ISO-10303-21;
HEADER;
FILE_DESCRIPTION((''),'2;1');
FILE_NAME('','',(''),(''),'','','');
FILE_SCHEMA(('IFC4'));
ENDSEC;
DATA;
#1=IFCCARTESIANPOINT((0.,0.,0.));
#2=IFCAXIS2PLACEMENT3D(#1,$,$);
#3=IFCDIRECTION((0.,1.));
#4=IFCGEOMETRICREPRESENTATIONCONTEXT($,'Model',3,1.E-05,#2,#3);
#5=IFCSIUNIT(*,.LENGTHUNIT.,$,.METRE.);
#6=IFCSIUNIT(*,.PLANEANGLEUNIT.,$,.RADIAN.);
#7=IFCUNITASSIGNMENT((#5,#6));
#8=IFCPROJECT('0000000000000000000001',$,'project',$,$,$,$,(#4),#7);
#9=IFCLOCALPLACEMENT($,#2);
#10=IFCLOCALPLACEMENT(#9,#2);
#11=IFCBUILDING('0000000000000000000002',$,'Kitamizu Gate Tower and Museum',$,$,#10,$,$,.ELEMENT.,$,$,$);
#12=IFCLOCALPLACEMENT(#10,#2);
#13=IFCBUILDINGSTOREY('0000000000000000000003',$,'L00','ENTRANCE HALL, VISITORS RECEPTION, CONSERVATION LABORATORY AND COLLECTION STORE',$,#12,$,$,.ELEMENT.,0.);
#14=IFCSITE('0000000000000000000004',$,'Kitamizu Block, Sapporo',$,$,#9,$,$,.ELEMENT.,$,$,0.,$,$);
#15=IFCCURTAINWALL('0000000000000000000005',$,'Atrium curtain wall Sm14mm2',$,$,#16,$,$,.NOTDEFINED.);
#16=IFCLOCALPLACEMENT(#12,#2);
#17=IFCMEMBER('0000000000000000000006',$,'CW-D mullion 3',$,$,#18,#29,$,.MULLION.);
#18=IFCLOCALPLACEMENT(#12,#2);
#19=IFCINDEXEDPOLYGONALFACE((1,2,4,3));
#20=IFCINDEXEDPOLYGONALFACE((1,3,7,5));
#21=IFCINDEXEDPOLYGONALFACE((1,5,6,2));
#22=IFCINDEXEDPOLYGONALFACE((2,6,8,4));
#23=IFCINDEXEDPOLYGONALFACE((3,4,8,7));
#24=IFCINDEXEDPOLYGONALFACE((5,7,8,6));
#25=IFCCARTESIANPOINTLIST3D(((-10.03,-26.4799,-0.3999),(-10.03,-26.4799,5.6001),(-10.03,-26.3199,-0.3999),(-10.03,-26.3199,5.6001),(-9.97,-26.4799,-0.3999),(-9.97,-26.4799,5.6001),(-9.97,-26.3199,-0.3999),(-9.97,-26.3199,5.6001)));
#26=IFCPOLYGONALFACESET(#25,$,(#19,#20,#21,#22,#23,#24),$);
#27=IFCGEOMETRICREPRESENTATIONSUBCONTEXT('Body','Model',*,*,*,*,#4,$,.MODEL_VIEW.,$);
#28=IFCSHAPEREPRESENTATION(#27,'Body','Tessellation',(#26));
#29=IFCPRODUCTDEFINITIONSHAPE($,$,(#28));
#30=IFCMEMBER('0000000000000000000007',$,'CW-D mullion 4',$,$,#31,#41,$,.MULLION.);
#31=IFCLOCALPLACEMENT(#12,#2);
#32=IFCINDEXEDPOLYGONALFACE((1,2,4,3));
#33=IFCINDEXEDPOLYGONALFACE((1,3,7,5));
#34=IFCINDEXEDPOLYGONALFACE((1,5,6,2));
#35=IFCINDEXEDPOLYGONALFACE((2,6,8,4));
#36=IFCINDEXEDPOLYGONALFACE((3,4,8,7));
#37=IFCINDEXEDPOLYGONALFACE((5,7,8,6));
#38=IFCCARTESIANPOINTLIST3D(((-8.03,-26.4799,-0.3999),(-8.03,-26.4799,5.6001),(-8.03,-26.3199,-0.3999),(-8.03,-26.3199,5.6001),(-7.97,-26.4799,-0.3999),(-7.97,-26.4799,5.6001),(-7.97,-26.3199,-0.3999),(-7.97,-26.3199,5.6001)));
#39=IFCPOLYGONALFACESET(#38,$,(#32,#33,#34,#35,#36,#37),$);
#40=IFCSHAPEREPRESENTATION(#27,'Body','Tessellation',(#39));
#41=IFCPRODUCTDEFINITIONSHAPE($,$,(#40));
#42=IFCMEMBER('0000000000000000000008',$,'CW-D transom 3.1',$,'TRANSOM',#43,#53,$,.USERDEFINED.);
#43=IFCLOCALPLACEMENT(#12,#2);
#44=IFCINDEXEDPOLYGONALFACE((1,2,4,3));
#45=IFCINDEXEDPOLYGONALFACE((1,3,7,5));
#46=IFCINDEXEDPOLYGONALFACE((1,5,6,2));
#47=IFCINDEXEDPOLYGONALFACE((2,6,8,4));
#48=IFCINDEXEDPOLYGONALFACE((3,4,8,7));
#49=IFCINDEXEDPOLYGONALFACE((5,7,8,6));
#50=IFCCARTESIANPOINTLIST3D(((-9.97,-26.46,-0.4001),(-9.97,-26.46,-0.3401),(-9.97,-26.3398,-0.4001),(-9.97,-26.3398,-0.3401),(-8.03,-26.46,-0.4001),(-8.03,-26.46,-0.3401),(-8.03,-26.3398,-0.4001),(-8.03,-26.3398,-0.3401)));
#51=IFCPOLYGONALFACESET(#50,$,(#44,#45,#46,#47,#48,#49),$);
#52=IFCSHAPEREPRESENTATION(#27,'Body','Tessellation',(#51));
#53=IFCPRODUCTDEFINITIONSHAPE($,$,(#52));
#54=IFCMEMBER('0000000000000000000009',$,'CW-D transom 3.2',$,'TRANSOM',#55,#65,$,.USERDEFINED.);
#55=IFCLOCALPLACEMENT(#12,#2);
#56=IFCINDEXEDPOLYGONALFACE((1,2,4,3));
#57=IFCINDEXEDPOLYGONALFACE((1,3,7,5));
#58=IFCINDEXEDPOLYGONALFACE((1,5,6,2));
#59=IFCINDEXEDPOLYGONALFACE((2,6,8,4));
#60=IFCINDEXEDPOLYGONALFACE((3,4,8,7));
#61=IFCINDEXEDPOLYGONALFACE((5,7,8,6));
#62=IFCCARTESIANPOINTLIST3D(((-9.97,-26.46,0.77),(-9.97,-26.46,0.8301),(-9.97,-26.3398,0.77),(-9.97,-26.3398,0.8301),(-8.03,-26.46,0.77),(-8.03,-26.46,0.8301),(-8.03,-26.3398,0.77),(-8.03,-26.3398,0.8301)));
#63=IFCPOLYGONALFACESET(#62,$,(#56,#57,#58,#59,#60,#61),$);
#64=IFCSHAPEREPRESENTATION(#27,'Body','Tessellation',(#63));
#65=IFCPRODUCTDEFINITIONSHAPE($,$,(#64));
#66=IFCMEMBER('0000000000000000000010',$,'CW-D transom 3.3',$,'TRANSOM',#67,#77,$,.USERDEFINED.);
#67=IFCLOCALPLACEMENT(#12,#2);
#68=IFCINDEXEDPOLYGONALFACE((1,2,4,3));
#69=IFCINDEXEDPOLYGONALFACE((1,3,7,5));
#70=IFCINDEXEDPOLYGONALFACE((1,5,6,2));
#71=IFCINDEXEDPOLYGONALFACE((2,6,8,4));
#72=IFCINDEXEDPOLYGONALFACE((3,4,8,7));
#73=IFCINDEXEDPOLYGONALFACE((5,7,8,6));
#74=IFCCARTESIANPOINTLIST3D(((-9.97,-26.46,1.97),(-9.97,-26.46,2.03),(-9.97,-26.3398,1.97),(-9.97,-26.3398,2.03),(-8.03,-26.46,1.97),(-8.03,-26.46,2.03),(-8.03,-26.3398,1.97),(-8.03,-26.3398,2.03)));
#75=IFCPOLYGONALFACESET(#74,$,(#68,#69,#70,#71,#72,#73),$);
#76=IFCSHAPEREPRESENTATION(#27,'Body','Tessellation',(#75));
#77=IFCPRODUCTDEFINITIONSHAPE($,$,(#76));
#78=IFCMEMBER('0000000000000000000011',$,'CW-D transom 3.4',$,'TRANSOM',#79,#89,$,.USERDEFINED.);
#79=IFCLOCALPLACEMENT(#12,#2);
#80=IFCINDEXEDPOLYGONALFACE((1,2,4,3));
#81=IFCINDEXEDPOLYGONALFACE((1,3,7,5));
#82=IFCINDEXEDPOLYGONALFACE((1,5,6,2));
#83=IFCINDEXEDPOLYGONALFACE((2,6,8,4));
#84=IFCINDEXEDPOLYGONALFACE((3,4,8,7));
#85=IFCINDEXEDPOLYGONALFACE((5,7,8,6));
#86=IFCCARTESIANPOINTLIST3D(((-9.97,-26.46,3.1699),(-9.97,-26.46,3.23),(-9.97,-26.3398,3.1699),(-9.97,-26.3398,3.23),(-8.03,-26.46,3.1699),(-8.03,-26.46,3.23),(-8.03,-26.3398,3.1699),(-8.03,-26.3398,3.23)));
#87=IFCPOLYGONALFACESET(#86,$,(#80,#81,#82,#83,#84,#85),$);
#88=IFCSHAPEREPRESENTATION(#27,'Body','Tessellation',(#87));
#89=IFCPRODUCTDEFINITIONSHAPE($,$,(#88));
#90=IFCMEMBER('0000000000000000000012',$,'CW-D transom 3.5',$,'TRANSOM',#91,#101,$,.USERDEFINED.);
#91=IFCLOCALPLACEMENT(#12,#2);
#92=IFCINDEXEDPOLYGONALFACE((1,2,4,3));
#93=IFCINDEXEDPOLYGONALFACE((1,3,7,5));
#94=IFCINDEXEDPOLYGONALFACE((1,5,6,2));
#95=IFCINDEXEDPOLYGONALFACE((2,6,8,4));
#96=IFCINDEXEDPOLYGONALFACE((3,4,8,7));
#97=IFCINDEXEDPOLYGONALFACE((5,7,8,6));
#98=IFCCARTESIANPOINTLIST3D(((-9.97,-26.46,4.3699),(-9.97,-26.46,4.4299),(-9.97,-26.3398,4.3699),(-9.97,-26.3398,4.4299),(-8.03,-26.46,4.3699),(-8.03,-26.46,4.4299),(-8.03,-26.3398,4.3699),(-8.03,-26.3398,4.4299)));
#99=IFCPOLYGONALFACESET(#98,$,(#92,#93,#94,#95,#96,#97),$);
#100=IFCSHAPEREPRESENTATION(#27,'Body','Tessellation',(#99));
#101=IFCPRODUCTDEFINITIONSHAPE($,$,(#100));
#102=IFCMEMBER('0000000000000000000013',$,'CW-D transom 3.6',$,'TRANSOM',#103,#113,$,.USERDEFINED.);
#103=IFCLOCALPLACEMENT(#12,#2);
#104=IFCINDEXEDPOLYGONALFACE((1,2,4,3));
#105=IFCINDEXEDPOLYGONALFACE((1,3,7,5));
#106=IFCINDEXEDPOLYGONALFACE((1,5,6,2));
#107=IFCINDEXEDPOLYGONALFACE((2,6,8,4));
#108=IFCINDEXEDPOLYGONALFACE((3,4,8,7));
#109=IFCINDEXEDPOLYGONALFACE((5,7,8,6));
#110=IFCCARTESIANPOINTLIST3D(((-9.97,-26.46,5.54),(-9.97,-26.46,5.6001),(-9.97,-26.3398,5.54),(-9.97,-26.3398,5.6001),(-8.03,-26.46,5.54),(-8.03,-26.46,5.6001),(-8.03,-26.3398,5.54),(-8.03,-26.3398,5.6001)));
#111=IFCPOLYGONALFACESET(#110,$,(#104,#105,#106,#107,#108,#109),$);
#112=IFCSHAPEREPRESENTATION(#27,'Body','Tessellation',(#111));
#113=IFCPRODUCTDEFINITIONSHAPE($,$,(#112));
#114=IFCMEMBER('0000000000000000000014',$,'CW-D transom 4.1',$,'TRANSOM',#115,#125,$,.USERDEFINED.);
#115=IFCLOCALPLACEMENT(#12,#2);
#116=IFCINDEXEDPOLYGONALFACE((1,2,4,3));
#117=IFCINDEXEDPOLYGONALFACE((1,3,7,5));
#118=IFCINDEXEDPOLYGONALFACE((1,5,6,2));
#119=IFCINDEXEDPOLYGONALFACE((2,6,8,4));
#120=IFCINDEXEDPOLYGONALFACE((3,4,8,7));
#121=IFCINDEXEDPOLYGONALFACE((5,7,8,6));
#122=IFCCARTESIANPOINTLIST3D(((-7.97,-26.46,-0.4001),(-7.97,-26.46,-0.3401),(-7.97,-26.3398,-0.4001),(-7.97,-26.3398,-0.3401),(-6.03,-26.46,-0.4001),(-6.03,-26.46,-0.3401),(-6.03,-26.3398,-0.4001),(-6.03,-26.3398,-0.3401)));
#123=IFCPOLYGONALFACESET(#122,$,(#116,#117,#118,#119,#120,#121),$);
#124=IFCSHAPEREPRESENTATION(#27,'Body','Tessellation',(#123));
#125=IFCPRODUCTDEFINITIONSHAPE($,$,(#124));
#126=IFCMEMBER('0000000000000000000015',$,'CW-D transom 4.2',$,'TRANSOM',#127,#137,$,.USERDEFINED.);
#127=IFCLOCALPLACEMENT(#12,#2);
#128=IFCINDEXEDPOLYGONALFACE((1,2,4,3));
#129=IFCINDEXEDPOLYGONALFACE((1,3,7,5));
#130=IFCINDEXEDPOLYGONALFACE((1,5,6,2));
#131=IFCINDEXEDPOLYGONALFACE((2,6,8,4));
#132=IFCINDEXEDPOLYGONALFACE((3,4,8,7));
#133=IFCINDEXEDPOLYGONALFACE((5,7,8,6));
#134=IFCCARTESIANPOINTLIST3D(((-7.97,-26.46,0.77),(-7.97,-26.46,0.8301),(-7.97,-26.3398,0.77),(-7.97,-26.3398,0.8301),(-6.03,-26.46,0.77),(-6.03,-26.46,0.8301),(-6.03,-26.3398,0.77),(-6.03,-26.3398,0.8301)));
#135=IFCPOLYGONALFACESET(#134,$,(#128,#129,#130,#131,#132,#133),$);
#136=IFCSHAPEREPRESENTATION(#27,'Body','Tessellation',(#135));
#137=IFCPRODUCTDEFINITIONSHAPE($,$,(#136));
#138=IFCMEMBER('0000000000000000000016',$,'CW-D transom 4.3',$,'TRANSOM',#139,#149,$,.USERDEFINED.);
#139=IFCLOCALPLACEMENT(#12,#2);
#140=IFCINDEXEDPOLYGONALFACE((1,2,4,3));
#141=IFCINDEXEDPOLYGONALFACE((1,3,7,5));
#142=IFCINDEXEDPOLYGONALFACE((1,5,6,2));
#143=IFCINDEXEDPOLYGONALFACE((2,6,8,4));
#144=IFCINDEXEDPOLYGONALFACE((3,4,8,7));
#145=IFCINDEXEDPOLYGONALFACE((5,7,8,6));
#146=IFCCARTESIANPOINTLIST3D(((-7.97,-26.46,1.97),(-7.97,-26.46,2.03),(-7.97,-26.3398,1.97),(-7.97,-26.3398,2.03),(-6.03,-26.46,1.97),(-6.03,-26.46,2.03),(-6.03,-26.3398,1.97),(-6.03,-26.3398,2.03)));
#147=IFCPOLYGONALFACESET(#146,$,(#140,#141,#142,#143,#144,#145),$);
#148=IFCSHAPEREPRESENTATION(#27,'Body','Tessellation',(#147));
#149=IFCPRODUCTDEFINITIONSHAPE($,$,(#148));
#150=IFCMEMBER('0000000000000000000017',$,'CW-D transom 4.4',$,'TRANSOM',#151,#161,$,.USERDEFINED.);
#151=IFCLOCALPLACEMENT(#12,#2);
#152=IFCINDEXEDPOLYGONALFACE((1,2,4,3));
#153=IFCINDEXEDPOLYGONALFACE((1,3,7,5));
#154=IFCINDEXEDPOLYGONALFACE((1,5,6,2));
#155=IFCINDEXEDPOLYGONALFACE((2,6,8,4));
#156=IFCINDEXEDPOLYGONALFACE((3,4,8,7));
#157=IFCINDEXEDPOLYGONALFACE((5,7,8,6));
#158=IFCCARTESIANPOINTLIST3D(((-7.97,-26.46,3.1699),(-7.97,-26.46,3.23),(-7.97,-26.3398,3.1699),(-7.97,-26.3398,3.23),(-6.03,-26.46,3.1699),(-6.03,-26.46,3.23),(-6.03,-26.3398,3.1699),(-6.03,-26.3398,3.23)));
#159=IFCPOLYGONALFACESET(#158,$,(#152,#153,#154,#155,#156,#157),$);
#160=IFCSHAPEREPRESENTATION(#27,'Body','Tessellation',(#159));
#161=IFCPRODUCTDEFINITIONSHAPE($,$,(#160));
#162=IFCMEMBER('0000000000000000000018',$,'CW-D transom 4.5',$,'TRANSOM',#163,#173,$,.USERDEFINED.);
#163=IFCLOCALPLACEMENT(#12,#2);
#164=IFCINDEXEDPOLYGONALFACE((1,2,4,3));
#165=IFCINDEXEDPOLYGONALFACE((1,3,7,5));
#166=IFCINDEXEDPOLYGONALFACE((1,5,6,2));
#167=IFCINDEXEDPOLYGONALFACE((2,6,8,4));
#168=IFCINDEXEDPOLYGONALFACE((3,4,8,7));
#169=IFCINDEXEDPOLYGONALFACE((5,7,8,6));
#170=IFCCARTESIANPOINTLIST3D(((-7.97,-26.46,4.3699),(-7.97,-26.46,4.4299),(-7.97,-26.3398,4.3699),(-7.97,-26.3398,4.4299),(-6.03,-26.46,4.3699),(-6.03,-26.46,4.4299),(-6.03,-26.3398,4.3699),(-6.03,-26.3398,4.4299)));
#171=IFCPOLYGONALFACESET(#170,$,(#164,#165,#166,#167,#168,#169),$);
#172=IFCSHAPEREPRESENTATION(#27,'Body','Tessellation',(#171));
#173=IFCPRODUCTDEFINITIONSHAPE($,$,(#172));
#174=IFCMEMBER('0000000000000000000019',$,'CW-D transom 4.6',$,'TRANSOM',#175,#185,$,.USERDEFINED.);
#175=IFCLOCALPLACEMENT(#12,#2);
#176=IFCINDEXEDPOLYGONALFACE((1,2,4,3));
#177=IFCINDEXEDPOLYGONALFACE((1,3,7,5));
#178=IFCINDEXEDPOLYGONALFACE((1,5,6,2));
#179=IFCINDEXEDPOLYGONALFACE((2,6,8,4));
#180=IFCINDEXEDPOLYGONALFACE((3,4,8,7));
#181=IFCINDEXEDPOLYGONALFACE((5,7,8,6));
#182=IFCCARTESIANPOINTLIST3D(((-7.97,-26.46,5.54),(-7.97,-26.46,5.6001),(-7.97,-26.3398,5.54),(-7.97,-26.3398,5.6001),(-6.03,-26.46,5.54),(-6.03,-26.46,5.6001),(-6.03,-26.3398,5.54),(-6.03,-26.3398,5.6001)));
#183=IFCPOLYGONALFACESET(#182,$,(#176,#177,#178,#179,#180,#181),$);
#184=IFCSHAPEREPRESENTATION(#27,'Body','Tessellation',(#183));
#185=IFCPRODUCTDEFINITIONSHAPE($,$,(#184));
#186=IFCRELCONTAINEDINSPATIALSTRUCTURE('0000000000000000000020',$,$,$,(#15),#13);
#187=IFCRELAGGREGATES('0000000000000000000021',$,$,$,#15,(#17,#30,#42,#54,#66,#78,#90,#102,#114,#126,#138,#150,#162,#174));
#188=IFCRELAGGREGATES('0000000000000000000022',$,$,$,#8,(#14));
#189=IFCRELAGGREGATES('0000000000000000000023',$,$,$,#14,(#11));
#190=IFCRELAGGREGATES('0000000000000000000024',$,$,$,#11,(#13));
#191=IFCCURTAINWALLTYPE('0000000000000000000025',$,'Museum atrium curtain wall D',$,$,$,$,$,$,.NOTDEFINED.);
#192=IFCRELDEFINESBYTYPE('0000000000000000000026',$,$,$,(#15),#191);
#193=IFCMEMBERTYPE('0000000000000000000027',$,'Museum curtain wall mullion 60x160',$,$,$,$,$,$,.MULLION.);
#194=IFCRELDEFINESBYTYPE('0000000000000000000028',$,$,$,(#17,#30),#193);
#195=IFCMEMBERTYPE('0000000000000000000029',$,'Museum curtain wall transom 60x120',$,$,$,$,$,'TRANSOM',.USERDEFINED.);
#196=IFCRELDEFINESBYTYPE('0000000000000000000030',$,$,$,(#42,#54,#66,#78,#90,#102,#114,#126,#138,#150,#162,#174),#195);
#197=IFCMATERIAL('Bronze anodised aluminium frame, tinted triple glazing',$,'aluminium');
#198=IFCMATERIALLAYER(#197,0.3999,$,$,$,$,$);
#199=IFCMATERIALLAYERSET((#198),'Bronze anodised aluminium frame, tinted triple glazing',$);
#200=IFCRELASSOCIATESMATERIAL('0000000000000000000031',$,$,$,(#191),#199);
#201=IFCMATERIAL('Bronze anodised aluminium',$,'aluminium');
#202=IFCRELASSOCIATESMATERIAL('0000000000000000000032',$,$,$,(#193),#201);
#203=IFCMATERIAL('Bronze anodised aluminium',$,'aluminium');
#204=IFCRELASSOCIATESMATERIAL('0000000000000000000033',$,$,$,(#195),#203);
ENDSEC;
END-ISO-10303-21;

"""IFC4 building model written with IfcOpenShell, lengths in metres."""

from ifc_helpers import new_model, si_unit, direction, frame, origin, origin_2d, place, context, subcontext, project, spatial, rectangle, extrude, material, layer, layer_set, material_profile, profile_set, type_object, element, aggregate, save


model = new_model("IFC4")

# Units and contexts
model_context = context("Model", 3, precision=1e-05, world=origin(), true_north=direction((0.0, 1.0)))
body_context = subcontext(model_context, "Body", "Model", "MODEL_VIEW")
ifc_project = project(units=[si_unit("LENGTHUNIT", "METRE"), si_unit("PLANEANGLEUNIT", "RADIAN")], contexts=[model_context])

# Site, building, storey
site_placement = place(None, origin())
site = spatial("IfcSite", under=ifc_project, at=site_placement, Name="Kitamizu Block, Sapporo", CompositionType="ELEMENT", RefElevation=0.0)
building_placement = place(site_placement, origin())
building = spatial("IfcBuilding", under=site, at=building_placement, Name="Kitamizu Gate Tower and Museum", CompositionType="ELEMENT")
storey_placement = place(building_placement, origin())
storey = spatial("IfcBuildingStorey", under=building, at=storey_placement, Name="L00", Description="ENTRANCE HALL, VISITORS RECEPTION, CONSERVATION LABORATORY AND COLLECTION STORE", CompositionType="ELEMENT", Elevation=0.0)

# Curtain wall, members
ifc_material_1 = material(Name="Bronze anodised aluminium frame, tinted triple glazing", Category="aluminium")
ifc_layer_1 = layer(ifc_material_1, 0.3999)
ifc_layer_set_1 = layer_set([ifc_layer_1], Name="Bronze anodised aluminium frame, tinted triple glazing")
curtain_wall_type = type_object("IfcCurtainWallType", Name="Museum atrium curtain wall D", PredefinedType="NOTDEFINED", material=ifc_layer_set_1)
curtain_wall_placement = place(storey_placement, origin())
curtain_wall = element("IfcCurtainWall", 1, at=curtain_wall_placement, inside=storey, type_object=curtain_wall_type, Name="Atrium curtain wall Sm14mm2", PredefinedType="NOTDEFINED")
ifc_material_2 = material(Name="Bronze anodised aluminium", Category="aluminium")
ifc_material_profile_1 = material_profile(ifc_material_2, rectangle(XDim=0.0601, YDim=0.1599, at=origin_2d()), Name="60x160")
ifc_profile_set_1 = profile_set([ifc_material_profile_1], Name="Bronze anodised aluminium")
member_type_1 = type_object("IfcMemberType", Name="Museum curtain wall mullion 60x160", PredefinedType="MULLION", material=ifc_profile_set_1)
member_1_placement = place(storey_placement, frame((-10.0, -26.3999, -0.3999), z_axis=(0.0, 0.0, 1.0), x_axis=(1.0, 0.0, 0.0)))
member_1 = element("IfcMember", 2, at=member_1_placement, type_object=member_type_1, Name="CW-D mullion 3", PredefinedType="MULLION", context=body_context, shape_type="SweptSolid", body=[
    extrude(rectangle(XDim=0.0601, YDim=0.1599, at=origin_2d()), origin(), (0.0, 0.0, 1.0), 6.0),
])
member_2_placement = place(storey_placement, frame((-8.0, -26.3999, -0.3999), z_axis=(0.0, 0.0, 1.0), x_axis=(1.0, 0.0, 0.0)))
member_2 = element("IfcMember", 3, at=member_2_placement, type_object=member_type_1, Name="CW-D mullion 4", PredefinedType="MULLION", context=body_context, shape_type="SweptSolid", body=[
    extrude(rectangle(XDim=0.0601, YDim=0.1599, at=origin_2d()), origin(), (0.0, 0.0, 1.0), 6.0),
])
ifc_material_3 = material(Name="Bronze anodised aluminium", Category="aluminium")
ifc_material_profile_2 = material_profile(ifc_material_3, rectangle(XDim=0.1201, YDim=0.0601, at=origin_2d()), Name="120x60")
ifc_profile_set_2 = profile_set([ifc_material_profile_2], Name="Bronze anodised aluminium")
member_type_2 = type_object("IfcMemberType", Name="Museum curtain wall transom 60x120", ElementType="TRANSOM", PredefinedType="USERDEFINED", material=ifc_profile_set_2)
member_3_placement = place(storey_placement, frame((-9.97, -26.3999, -0.3701), z_axis=(1.0, 0.0, 0.0), x_axis=(0.0, 1.0, 0.0)))
member_3 = element("IfcMember", 4, at=member_3_placement, type_object=member_type_2, Name="CW-D transom 3.1", ObjectType="TRANSOM", PredefinedType="USERDEFINED", context=body_context, shape_type="SweptSolid", body=[
    extrude(rectangle(XDim=0.1201, YDim=0.0601, at=origin_2d()), origin(), (0.0, 0.0, 1.0), 1.9399),
])
member_4_placement = place(storey_placement, frame((-9.97, -26.3999, 0.8), z_axis=(1.0, 0.0, 0.0), x_axis=(0.0, 1.0, 0.0)))
member_4 = element("IfcMember", 5, at=member_4_placement, type_object=member_type_2, Name="CW-D transom 3.2", ObjectType="TRANSOM", PredefinedType="USERDEFINED", context=body_context, shape_type="SweptSolid", body=[
    extrude(rectangle(XDim=0.1201, YDim=0.0601, at=origin_2d()), origin(), (0.0, 0.0, 1.0), 1.9399),
])
member_5_placement = place(storey_placement, frame((-9.97, -26.3999, 2.0), z_axis=(1.0, 0.0, 0.0), x_axis=(0.0, 1.0, 0.0)))
member_5 = element("IfcMember", 6, at=member_5_placement, type_object=member_type_2, Name="CW-D transom 3.3", ObjectType="TRANSOM", PredefinedType="USERDEFINED", context=body_context, shape_type="SweptSolid", body=[
    extrude(rectangle(XDim=0.1201, YDim=0.0601, at=origin_2d()), origin(), (0.0, 0.0, 1.0), 1.9399),
])
member_6_placement = place(storey_placement, frame((-9.97, -26.3999, 3.2), z_axis=(1.0, 0.0, 0.0), x_axis=(0.0, 1.0, 0.0)))
member_6 = element("IfcMember", 7, at=member_6_placement, type_object=member_type_2, Name="CW-D transom 3.4", ObjectType="TRANSOM", PredefinedType="USERDEFINED", context=body_context, shape_type="SweptSolid", body=[
    extrude(rectangle(XDim=0.1201, YDim=0.0601, at=origin_2d()), origin(), (0.0, 0.0, 1.0), 1.9399),
])
member_7_placement = place(storey_placement, frame((-9.97, -26.3999, 4.3999), z_axis=(1.0, 0.0, 0.0), x_axis=(0.0, 1.0, 0.0)))
member_7 = element("IfcMember", 8, at=member_7_placement, type_object=member_type_2, Name="CW-D transom 3.5", ObjectType="TRANSOM", PredefinedType="USERDEFINED", context=body_context, shape_type="SweptSolid", body=[
    extrude(rectangle(XDim=0.1201, YDim=0.0601, at=origin_2d()), origin(), (0.0, 0.0, 1.0), 1.9399),
])
member_8_placement = place(storey_placement, frame((-9.97, -26.3999, 5.5701), z_axis=(1.0, 0.0, 0.0), x_axis=(0.0, 1.0, 0.0)))
member_8 = element("IfcMember", 9, at=member_8_placement, type_object=member_type_2, Name="CW-D transom 3.6", ObjectType="TRANSOM", PredefinedType="USERDEFINED", context=body_context, shape_type="SweptSolid", body=[
    extrude(rectangle(XDim=0.1201, YDim=0.0601, at=origin_2d()), origin(), (0.0, 0.0, 1.0), 1.9399),
])
member_9_placement = place(storey_placement, frame((-7.97, -26.3999, -0.3701), z_axis=(1.0, 0.0, 0.0), x_axis=(0.0, 1.0, 0.0)))
member_9 = element("IfcMember", 10, at=member_9_placement, type_object=member_type_2, Name="CW-D transom 4.1", ObjectType="TRANSOM", PredefinedType="USERDEFINED", context=body_context, shape_type="SweptSolid", body=[
    extrude(rectangle(XDim=0.1201, YDim=0.0601, at=origin_2d()), origin(), (0.0, 0.0, 1.0), 1.9399),
])
member_10_placement = place(storey_placement, frame((-7.97, -26.3999, 0.8), z_axis=(1.0, 0.0, 0.0), x_axis=(0.0, 1.0, 0.0)))
member_10 = element("IfcMember", 11, at=member_10_placement, type_object=member_type_2, Name="CW-D transom 4.2", ObjectType="TRANSOM", PredefinedType="USERDEFINED", context=body_context, shape_type="SweptSolid", body=[
    extrude(rectangle(XDim=0.1201, YDim=0.0601, at=origin_2d()), origin(), (0.0, 0.0, 1.0), 1.9399),
])
member_11_placement = place(storey_placement, frame((-7.97, -26.3999, 2.0), z_axis=(1.0, 0.0, 0.0), x_axis=(0.0, 1.0, 0.0)))
member_11 = element("IfcMember", 12, at=member_11_placement, type_object=member_type_2, Name="CW-D transom 4.3", ObjectType="TRANSOM", PredefinedType="USERDEFINED", context=body_context, shape_type="SweptSolid", body=[
    extrude(rectangle(XDim=0.1201, YDim=0.0601, at=origin_2d()), origin(), (0.0, 0.0, 1.0), 1.9399),
])
member_12_placement = place(storey_placement, frame((-7.97, -26.3999, 3.2), z_axis=(1.0, 0.0, 0.0), x_axis=(0.0, 1.0, 0.0)))
member_12 = element("IfcMember", 13, at=member_12_placement, type_object=member_type_2, Name="CW-D transom 4.4", ObjectType="TRANSOM", PredefinedType="USERDEFINED", context=body_context, shape_type="SweptSolid", body=[
    extrude(rectangle(XDim=0.1201, YDim=0.0601, at=origin_2d()), origin(), (0.0, 0.0, 1.0), 1.9399),
])
member_13_placement = place(storey_placement, frame((-7.97, -26.3999, 4.3999), z_axis=(1.0, 0.0, 0.0), x_axis=(0.0, 1.0, 0.0)))
member_13 = element("IfcMember", 14, at=member_13_placement, type_object=member_type_2, Name="CW-D transom 4.5", ObjectType="TRANSOM", PredefinedType="USERDEFINED", context=body_context, shape_type="SweptSolid", body=[
    extrude(rectangle(XDim=0.1201, YDim=0.0601, at=origin_2d()), origin(), (0.0, 0.0, 1.0), 1.9399),
])
member_14_placement = place(storey_placement, frame((-7.97, -26.3999, 5.5701), z_axis=(1.0, 0.0, 0.0), x_axis=(0.0, 1.0, 0.0)))
member_14 = element("IfcMember", 15, at=member_14_placement, type_object=member_type_2, Name="CW-D transom 4.6", ObjectType="TRANSOM", PredefinedType="USERDEFINED", context=body_context, shape_type="SweptSolid", body=[
    extrude(rectangle(XDim=0.1201, YDim=0.0601, at=origin_2d()), origin(), (0.0, 0.0, 1.0), 1.9399),
])
aggregate(curtain_wall, [member_1, member_2, member_3, member_4, member_5, member_6, member_7, member_8, member_9, member_10, member_11, member_12, member_13, member_14])

save(model, "model.ifc")
